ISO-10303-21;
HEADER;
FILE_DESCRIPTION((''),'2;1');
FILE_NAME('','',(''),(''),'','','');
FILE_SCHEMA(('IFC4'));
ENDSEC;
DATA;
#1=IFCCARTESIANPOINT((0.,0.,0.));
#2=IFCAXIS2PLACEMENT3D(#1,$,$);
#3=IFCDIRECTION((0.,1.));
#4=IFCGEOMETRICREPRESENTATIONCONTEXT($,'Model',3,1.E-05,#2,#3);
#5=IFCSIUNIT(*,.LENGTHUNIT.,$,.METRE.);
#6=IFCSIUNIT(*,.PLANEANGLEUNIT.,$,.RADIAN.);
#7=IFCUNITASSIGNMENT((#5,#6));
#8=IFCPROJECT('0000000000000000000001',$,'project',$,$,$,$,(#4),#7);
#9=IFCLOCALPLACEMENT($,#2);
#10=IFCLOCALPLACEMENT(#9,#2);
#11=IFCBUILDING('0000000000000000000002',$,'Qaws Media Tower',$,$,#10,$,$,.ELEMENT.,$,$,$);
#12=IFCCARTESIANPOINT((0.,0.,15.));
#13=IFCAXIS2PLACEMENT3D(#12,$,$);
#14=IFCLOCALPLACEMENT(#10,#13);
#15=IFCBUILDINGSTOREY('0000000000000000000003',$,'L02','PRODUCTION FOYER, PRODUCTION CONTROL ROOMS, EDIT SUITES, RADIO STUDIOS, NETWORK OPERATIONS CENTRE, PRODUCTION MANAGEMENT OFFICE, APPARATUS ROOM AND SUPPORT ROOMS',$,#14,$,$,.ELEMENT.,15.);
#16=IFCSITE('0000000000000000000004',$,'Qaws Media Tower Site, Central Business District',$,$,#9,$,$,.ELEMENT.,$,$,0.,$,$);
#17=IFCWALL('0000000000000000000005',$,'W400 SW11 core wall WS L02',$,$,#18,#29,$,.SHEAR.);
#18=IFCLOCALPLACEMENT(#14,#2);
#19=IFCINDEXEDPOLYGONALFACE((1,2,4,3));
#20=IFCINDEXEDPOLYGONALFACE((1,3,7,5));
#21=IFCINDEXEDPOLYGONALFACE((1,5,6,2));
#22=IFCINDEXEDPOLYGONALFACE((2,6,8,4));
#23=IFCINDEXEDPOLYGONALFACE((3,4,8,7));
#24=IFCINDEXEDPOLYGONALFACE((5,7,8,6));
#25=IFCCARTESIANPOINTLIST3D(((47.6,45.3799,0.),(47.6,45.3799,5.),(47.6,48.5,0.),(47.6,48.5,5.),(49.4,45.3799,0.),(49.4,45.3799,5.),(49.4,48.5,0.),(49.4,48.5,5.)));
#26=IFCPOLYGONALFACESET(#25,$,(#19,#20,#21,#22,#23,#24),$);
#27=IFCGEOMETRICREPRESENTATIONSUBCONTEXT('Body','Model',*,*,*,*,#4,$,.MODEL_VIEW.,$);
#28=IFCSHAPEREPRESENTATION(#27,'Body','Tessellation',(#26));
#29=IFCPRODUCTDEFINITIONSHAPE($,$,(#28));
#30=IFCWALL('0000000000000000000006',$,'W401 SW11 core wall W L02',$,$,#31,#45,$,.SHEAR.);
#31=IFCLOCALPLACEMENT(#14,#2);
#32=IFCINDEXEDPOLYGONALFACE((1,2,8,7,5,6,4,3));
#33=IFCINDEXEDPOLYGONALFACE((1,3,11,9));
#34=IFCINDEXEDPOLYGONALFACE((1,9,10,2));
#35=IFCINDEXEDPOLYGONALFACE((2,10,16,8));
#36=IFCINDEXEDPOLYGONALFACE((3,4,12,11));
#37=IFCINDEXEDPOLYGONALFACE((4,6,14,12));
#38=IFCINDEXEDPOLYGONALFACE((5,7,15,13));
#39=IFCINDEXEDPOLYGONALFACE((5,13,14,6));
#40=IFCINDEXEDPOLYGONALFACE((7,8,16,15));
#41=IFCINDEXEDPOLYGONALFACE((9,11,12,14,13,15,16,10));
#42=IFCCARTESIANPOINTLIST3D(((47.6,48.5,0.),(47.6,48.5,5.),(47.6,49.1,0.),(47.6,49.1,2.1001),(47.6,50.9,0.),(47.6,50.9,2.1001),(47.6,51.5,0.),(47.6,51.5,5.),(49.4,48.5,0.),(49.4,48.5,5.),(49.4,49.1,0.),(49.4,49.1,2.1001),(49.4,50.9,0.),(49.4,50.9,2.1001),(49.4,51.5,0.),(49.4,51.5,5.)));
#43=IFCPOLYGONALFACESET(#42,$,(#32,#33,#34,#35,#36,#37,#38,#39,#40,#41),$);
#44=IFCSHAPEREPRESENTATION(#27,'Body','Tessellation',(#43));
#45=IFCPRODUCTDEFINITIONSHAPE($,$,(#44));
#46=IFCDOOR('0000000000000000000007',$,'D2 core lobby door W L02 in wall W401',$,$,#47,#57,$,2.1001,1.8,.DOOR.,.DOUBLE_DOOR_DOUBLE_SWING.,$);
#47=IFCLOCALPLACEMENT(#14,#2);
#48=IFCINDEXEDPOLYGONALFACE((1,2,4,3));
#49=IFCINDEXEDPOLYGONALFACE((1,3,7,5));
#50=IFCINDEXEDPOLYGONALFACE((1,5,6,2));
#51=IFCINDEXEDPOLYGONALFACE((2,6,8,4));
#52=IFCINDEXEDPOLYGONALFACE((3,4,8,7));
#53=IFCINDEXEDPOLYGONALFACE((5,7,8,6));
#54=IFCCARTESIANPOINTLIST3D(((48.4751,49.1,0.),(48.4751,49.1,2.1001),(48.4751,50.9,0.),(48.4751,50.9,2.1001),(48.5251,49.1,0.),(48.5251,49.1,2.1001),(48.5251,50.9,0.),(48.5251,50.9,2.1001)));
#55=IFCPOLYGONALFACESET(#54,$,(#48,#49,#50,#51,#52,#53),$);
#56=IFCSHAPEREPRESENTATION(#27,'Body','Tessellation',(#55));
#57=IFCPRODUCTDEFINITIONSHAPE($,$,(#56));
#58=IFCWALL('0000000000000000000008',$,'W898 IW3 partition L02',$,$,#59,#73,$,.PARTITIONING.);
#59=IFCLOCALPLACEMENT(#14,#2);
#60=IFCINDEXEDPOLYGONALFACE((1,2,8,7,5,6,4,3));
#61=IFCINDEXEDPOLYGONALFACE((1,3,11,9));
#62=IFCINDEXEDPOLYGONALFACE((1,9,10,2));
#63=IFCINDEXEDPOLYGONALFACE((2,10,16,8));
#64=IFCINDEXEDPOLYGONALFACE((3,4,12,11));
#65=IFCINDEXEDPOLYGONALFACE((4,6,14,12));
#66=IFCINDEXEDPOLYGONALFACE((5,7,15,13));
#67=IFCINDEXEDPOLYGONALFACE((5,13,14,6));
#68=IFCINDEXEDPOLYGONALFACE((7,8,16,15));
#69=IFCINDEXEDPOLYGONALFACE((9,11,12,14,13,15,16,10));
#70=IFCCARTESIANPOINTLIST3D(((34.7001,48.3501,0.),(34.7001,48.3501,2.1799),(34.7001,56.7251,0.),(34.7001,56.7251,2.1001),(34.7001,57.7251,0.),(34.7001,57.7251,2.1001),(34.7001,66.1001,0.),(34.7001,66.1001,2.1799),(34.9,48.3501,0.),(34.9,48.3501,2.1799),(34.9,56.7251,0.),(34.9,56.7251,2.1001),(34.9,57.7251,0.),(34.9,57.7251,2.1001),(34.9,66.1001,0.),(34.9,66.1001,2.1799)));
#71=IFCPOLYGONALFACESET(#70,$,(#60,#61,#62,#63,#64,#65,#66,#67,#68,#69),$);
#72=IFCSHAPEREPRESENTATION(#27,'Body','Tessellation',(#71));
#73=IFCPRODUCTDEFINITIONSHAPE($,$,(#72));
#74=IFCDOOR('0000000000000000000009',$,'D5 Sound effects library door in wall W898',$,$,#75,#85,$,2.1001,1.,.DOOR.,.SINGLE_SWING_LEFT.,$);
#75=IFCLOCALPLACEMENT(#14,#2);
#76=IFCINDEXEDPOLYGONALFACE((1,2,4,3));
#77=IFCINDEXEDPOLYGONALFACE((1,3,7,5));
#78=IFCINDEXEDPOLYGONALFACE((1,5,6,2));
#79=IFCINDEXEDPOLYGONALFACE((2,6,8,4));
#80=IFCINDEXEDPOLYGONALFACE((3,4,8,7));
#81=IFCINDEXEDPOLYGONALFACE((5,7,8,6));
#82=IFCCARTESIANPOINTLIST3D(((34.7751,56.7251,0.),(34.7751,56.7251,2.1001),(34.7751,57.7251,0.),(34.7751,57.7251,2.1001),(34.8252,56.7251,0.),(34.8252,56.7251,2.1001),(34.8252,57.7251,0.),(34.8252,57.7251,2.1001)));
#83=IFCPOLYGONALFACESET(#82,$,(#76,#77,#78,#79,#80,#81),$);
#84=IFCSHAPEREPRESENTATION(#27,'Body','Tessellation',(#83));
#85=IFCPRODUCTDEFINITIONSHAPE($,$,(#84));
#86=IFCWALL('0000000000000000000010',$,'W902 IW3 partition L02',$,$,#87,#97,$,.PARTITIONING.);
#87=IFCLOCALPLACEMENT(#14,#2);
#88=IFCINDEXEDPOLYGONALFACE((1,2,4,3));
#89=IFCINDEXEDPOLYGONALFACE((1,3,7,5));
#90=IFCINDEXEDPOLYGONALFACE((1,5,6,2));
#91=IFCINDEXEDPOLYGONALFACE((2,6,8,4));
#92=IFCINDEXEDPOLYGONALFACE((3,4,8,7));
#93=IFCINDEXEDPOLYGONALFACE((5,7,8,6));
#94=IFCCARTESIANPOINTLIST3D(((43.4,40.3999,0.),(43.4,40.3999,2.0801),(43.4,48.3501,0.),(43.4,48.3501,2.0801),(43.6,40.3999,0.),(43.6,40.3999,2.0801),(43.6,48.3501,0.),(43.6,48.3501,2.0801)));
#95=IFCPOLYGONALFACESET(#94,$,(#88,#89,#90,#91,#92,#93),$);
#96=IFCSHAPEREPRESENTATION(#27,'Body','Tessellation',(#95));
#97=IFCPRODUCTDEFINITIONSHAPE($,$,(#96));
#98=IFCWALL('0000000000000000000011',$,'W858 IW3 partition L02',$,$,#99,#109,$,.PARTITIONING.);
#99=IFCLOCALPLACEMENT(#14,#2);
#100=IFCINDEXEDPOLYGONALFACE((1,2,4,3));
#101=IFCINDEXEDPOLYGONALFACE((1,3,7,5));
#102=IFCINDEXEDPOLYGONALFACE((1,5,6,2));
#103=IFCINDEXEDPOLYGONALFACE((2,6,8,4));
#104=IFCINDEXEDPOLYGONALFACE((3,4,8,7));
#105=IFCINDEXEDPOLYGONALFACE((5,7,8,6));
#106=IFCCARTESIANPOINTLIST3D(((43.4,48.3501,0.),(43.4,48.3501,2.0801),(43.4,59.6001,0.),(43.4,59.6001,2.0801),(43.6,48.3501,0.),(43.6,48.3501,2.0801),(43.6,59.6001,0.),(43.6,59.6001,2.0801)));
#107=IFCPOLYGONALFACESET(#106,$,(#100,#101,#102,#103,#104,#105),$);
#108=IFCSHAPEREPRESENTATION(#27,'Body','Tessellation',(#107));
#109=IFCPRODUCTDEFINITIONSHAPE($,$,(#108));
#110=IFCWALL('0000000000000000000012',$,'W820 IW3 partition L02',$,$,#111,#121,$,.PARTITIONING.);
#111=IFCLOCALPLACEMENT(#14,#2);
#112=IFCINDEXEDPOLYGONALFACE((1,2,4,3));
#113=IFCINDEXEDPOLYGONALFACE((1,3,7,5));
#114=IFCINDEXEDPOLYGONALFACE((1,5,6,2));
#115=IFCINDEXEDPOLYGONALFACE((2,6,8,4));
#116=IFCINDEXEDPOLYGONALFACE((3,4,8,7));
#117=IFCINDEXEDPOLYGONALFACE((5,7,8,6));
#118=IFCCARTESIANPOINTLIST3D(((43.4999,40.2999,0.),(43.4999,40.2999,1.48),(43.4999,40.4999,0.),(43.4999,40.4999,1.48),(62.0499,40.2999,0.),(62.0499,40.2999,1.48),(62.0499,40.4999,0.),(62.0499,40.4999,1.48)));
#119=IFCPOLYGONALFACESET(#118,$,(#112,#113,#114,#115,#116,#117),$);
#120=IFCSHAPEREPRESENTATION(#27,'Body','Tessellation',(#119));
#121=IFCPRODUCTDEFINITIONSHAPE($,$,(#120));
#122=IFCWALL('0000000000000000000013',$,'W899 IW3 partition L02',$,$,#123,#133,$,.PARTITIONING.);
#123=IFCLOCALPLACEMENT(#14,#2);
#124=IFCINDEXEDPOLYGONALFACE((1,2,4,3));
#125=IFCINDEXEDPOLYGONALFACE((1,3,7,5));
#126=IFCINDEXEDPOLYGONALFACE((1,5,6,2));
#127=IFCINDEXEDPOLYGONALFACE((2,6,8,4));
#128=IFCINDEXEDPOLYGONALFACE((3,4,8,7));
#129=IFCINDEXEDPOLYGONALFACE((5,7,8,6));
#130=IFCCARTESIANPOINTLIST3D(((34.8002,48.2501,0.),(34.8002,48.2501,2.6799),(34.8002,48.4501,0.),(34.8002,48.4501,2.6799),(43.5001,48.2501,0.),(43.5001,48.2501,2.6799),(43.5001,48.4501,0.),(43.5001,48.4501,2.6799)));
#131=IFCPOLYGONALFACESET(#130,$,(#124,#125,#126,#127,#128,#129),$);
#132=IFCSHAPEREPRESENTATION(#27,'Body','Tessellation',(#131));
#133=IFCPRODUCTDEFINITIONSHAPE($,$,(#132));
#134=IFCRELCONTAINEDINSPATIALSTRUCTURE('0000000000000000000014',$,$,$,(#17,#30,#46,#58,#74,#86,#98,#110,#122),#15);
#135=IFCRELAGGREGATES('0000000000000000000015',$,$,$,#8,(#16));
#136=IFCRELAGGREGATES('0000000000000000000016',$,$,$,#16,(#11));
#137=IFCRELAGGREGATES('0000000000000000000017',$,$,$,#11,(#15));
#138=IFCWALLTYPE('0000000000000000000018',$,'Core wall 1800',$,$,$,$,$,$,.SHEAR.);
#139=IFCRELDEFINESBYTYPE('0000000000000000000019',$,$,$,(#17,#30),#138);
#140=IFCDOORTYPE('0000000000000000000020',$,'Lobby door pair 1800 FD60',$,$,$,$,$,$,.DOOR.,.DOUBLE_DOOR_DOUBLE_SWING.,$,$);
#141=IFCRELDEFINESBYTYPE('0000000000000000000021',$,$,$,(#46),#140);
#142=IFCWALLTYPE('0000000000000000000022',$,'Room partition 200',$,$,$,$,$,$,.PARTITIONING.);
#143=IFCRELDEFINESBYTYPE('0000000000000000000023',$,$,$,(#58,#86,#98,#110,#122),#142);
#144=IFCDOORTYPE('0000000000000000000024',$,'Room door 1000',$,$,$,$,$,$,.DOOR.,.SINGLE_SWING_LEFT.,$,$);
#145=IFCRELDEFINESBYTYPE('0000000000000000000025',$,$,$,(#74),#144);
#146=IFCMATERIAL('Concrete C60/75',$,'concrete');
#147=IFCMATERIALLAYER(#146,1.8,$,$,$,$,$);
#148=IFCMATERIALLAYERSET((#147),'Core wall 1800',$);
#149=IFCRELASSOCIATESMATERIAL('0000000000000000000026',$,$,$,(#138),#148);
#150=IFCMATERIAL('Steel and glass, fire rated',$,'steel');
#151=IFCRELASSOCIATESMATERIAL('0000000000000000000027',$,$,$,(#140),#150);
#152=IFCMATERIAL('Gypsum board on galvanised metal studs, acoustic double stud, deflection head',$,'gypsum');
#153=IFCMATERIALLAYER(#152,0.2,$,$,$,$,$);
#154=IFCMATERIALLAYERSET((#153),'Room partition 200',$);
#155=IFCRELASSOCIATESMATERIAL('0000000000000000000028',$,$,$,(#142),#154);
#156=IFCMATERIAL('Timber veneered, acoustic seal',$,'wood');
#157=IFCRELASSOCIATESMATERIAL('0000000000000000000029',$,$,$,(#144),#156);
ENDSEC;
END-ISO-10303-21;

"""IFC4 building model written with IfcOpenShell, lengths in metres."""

from ifc_helpers import new_model, si_unit, direction, frame, frame_2d, origin, place, context, subcontext, project, spatial, rectangle, extrude, material, layer, layer_set, type_object, element, fill, save


model = new_model("IFC4")

# Units and contexts
model_context = context("Model", 3, precision=1e-05, world=origin(), true_north=direction((0.0, 1.0)))
body_context = subcontext(model_context, "Body", "Model", "MODEL_VIEW")
ifc_project = project(units=[si_unit("LENGTHUNIT", "METRE"), si_unit("PLANEANGLEUNIT", "RADIAN")], contexts=[model_context])

# Site, building, storey
site_placement = place(None, origin())
site = spatial("IfcSite", under=ifc_project, at=site_placement, Name="Qaws Media Tower Site, Central Business District", CompositionType="ELEMENT", RefElevation=0.0)
building_placement = place(site_placement, origin())
building = spatial("IfcBuilding", under=site, at=building_placement, Name="Qaws Media Tower", CompositionType="ELEMENT")
storey_placement = place(building_placement, frame((0.0, 0.0, 15.0)))
storey = spatial("IfcBuildingStorey", under=building, at=storey_placement, Name="L02", Description="PRODUCTION FOYER, PRODUCTION CONTROL ROOMS, EDIT SUITES, RADIO STUDIOS, NETWORK OPERATIONS CENTRE, PRODUCTION MANAGEMENT OFFICE, APPARATUS ROOM AND SUPPORT ROOMS", CompositionType="ELEMENT", Elevation=15.0)

# Wall
ifc_material_1 = material(Name="Concrete C60/75", Category="concrete")
ifc_layer_1 = layer(ifc_material_1, 1.8)
ifc_layer_set_1 = layer_set([ifc_layer_1], Name="Core wall 1800")
wall_type_1 = type_object("IfcWallType", Name="Core wall 1800", PredefinedType="SHEAR", material=ifc_layer_set_1)
wall_1_placement = place(storey_placement, frame((48.5, 45.3799, 0.0), z_axis=(0.0, 0.0, 1.0), x_axis=(0.0, 1.0, 0.0)))
element("IfcWall", 1, at=wall_1_placement, inside=storey, type_object=wall_type_1, Name="W400 SW11 core wall WS L02", PredefinedType="SHEAR", context=body_context, shape_type="SweptSolid", body=[
    extrude(rectangle(XDim=3.1201, YDim=1.8, at=frame_2d((1.5601, 0.0))), origin(), (0.0, 0.0, 1.0), 5.0),
])

# Walls, openings, doors
wall_2_placement = place(storey_placement, frame((48.5, 48.5, 0.0), z_axis=(0.0, 0.0, 1.0), x_axis=(0.0, 1.0, 0.0)))
wall_2 = element("IfcWall", 2, at=wall_2_placement, inside=storey, type_object=wall_type_1, Name="W401 SW11 core wall W L02", PredefinedType="SHEAR", context=body_context, shape_type="SweptSolid", body=[
    extrude(rectangle(XDim=3.0, YDim=1.8, at=frame_2d((1.5, 0.0))), origin(), (0.0, 0.0, 1.0), 5.0),
])
opening_1_placement = place(wall_2_placement, frame((0.6001, 0.0, 0.0)))
opening_1 = element("IfcOpeningElement", 3, at=opening_1_placement, cuts=wall_2, PredefinedType="OPENING", context=body_context, shape_type="SweptSolid", body=[
    extrude(rectangle(XDim=1.8, YDim=2.1001, at=frame_2d((0.8999, 1.05))), frame((0.0, 0.9099, 0.0), z_axis=(0.0, -1.0, 0.0), x_axis=(1.0, 0.0, 0.0)), (0.0, 0.0, 1.0), 1.8201),
])
ifc_material_2 = material(Name="Steel and glass, fire rated", Category="steel")
door_type_1 = type_object("IfcDoorType", Name="Lobby door pair 1800 FD60", OperationType="DOUBLE_DOOR_DOUBLE_SWING", PredefinedType="DOOR", material=ifc_material_2)
door_1_placement = place(opening_1_placement, origin())
door_1 = element("IfcDoor", 4, at=door_1_placement, inside=storey, type_object=door_type_1, Name="D2 core lobby door W L02 in wall W401", OperationType="DOUBLE_DOOR_DOUBLE_SWING", OverallHeight=2.1001, OverallWidth=1.8, PredefinedType="DOOR", context=body_context, shape_type="SweptSolid", body=[
    extrude(rectangle(XDim=1.8, YDim=2.1001, at=frame_2d((0.8999, 1.05))), frame((0.0, 0.0249, 0.0), z_axis=(0.0, -1.0, 0.0), x_axis=(1.0, 0.0, 0.0)), (0.0, 0.0, 1.0), 0.05),
])
fill(opening_1, door_1)
ifc_material_3 = material(Name="Gypsum board on galvanised metal studs, acoustic double stud, deflection head", Category="gypsum")
ifc_layer_2 = layer(ifc_material_3, 0.2)
ifc_layer_set_2 = layer_set([ifc_layer_2], Name="Room partition 200")
wall_type_2 = type_object("IfcWallType", Name="Room partition 200", PredefinedType="PARTITIONING", material=ifc_layer_set_2)
wall_3_placement = place(storey_placement, frame((34.8, 48.3501, 0.0), z_axis=(0.0, 0.0, 1.0), x_axis=(0.0, 1.0, 0.0)))
wall_3 = element("IfcWall", 5, at=wall_3_placement, inside=storey, type_object=wall_type_2, Name="W898 IW3 partition L02", PredefinedType="PARTITIONING", context=body_context, shape_type="SweptSolid", body=[
    extrude(rectangle(XDim=17.75, YDim=0.2, at=frame_2d((8.875, 0.0))), origin(), (0.0, 0.0, 1.0), 2.1799),
])
opening_2_placement = place(wall_3_placement, frame((8.375, 0.0, 0.0)))
opening_2 = element("IfcOpeningElement", 6, at=opening_2_placement, cuts=wall_3, PredefinedType="OPENING", context=body_context, shape_type="SweptSolid", body=[
    extrude(rectangle(XDim=1.0, YDim=2.1001, at=frame_2d((0.5, 1.05))), frame((0.0, 0.1099, 0.0), z_axis=(0.0, -1.0, 0.0), x_axis=(1.0, 0.0, 0.0)), (0.0, 0.0, 1.0), 0.22),
])
ifc_material_4 = material(Name="Timber veneered, acoustic seal", Category="wood")
door_type_2 = type_object("IfcDoorType", Name="Room door 1000", OperationType="SINGLE_SWING_LEFT", PredefinedType="DOOR", material=ifc_material_4)
door_2_placement = place(opening_2_placement, origin())
door_2 = element("IfcDoor", 7, at=door_2_placement, inside=storey, type_object=door_type_2, Name="D5 Sound effects library door in wall W898", OperationType="SINGLE_SWING_LEFT", OverallHeight=2.1001, OverallWidth=1.0, PredefinedType="DOOR", context=body_context, shape_type="SweptSolid", body=[
    extrude(rectangle(XDim=1.0, YDim=2.1001, at=frame_2d((0.5, 1.05))), frame((0.0, 0.0249, 0.0), z_axis=(0.0, -1.0, 0.0), x_axis=(1.0, 0.0, 0.0)), (0.0, 0.0, 1.0), 0.05),
])
fill(opening_2, door_2)

# Walls
wall_4_placement = place(storey_placement, frame((43.5, 40.3999, 0.0), z_axis=(0.0, 0.0, 1.0), x_axis=(0.0, 1.0, 0.0)))
element("IfcWall", 8, at=wall_4_placement, inside=storey, type_object=wall_type_2, Name="W902 IW3 partition L02", PredefinedType="PARTITIONING", context=body_context, shape_type="SweptSolid", body=[
    extrude(rectangle(XDim=7.9502, YDim=0.2, at=frame_2d((3.9751, 0.0))), origin(), (0.0, 0.0, 1.0), 2.0801),
])
wall_5_placement = place(storey_placement, frame((43.5, 48.3501, 0.0), z_axis=(0.0, 0.0, 1.0), x_axis=(0.0, 1.0, 0.0)))
element("IfcWall", 9, at=wall_5_placement, inside=storey, type_object=wall_type_2, Name="W858 IW3 partition L02", PredefinedType="PARTITIONING", context=body_context, shape_type="SweptSolid", body=[
    extrude(rectangle(XDim=11.25, YDim=0.2, at=frame_2d((5.625, 0.0))), origin(), (0.0, 0.0, 1.0), 2.0801),
])
wall_6_placement = place(storey_placement, frame((43.5, 40.3999, 0.0), z_axis=(0.0, 0.0, 1.0), x_axis=(1.0, 0.0, 0.0)))
element("IfcWall", 10, at=wall_6_placement, inside=storey, type_object=wall_type_2, Name="W820 IW3 partition L02", PredefinedType="PARTITIONING", context=body_context, shape_type="SweptSolid", body=[
    extrude(rectangle(XDim=18.55, YDim=0.2, at=frame_2d((9.2749, 0.0))), origin(), (0.0, 0.0, 1.0), 1.48),
])
wall_7_placement = place(storey_placement, frame((34.8, 48.3501, 0.0), z_axis=(0.0, 0.0, 1.0), x_axis=(1.0, 0.0, 0.0)))
element("IfcWall", 11, at=wall_7_placement, inside=storey, type_object=wall_type_2, Name="W899 IW3 partition L02", PredefinedType="PARTITIONING", context=body_context, shape_type="SweptSolid", body=[
    extrude(rectangle(XDim=8.7, YDim=0.2, at=frame_2d((4.3501, 0.0))), origin(), (0.0, 0.0, 1.0), 2.6799),
])

save(model, "model.ifc")
